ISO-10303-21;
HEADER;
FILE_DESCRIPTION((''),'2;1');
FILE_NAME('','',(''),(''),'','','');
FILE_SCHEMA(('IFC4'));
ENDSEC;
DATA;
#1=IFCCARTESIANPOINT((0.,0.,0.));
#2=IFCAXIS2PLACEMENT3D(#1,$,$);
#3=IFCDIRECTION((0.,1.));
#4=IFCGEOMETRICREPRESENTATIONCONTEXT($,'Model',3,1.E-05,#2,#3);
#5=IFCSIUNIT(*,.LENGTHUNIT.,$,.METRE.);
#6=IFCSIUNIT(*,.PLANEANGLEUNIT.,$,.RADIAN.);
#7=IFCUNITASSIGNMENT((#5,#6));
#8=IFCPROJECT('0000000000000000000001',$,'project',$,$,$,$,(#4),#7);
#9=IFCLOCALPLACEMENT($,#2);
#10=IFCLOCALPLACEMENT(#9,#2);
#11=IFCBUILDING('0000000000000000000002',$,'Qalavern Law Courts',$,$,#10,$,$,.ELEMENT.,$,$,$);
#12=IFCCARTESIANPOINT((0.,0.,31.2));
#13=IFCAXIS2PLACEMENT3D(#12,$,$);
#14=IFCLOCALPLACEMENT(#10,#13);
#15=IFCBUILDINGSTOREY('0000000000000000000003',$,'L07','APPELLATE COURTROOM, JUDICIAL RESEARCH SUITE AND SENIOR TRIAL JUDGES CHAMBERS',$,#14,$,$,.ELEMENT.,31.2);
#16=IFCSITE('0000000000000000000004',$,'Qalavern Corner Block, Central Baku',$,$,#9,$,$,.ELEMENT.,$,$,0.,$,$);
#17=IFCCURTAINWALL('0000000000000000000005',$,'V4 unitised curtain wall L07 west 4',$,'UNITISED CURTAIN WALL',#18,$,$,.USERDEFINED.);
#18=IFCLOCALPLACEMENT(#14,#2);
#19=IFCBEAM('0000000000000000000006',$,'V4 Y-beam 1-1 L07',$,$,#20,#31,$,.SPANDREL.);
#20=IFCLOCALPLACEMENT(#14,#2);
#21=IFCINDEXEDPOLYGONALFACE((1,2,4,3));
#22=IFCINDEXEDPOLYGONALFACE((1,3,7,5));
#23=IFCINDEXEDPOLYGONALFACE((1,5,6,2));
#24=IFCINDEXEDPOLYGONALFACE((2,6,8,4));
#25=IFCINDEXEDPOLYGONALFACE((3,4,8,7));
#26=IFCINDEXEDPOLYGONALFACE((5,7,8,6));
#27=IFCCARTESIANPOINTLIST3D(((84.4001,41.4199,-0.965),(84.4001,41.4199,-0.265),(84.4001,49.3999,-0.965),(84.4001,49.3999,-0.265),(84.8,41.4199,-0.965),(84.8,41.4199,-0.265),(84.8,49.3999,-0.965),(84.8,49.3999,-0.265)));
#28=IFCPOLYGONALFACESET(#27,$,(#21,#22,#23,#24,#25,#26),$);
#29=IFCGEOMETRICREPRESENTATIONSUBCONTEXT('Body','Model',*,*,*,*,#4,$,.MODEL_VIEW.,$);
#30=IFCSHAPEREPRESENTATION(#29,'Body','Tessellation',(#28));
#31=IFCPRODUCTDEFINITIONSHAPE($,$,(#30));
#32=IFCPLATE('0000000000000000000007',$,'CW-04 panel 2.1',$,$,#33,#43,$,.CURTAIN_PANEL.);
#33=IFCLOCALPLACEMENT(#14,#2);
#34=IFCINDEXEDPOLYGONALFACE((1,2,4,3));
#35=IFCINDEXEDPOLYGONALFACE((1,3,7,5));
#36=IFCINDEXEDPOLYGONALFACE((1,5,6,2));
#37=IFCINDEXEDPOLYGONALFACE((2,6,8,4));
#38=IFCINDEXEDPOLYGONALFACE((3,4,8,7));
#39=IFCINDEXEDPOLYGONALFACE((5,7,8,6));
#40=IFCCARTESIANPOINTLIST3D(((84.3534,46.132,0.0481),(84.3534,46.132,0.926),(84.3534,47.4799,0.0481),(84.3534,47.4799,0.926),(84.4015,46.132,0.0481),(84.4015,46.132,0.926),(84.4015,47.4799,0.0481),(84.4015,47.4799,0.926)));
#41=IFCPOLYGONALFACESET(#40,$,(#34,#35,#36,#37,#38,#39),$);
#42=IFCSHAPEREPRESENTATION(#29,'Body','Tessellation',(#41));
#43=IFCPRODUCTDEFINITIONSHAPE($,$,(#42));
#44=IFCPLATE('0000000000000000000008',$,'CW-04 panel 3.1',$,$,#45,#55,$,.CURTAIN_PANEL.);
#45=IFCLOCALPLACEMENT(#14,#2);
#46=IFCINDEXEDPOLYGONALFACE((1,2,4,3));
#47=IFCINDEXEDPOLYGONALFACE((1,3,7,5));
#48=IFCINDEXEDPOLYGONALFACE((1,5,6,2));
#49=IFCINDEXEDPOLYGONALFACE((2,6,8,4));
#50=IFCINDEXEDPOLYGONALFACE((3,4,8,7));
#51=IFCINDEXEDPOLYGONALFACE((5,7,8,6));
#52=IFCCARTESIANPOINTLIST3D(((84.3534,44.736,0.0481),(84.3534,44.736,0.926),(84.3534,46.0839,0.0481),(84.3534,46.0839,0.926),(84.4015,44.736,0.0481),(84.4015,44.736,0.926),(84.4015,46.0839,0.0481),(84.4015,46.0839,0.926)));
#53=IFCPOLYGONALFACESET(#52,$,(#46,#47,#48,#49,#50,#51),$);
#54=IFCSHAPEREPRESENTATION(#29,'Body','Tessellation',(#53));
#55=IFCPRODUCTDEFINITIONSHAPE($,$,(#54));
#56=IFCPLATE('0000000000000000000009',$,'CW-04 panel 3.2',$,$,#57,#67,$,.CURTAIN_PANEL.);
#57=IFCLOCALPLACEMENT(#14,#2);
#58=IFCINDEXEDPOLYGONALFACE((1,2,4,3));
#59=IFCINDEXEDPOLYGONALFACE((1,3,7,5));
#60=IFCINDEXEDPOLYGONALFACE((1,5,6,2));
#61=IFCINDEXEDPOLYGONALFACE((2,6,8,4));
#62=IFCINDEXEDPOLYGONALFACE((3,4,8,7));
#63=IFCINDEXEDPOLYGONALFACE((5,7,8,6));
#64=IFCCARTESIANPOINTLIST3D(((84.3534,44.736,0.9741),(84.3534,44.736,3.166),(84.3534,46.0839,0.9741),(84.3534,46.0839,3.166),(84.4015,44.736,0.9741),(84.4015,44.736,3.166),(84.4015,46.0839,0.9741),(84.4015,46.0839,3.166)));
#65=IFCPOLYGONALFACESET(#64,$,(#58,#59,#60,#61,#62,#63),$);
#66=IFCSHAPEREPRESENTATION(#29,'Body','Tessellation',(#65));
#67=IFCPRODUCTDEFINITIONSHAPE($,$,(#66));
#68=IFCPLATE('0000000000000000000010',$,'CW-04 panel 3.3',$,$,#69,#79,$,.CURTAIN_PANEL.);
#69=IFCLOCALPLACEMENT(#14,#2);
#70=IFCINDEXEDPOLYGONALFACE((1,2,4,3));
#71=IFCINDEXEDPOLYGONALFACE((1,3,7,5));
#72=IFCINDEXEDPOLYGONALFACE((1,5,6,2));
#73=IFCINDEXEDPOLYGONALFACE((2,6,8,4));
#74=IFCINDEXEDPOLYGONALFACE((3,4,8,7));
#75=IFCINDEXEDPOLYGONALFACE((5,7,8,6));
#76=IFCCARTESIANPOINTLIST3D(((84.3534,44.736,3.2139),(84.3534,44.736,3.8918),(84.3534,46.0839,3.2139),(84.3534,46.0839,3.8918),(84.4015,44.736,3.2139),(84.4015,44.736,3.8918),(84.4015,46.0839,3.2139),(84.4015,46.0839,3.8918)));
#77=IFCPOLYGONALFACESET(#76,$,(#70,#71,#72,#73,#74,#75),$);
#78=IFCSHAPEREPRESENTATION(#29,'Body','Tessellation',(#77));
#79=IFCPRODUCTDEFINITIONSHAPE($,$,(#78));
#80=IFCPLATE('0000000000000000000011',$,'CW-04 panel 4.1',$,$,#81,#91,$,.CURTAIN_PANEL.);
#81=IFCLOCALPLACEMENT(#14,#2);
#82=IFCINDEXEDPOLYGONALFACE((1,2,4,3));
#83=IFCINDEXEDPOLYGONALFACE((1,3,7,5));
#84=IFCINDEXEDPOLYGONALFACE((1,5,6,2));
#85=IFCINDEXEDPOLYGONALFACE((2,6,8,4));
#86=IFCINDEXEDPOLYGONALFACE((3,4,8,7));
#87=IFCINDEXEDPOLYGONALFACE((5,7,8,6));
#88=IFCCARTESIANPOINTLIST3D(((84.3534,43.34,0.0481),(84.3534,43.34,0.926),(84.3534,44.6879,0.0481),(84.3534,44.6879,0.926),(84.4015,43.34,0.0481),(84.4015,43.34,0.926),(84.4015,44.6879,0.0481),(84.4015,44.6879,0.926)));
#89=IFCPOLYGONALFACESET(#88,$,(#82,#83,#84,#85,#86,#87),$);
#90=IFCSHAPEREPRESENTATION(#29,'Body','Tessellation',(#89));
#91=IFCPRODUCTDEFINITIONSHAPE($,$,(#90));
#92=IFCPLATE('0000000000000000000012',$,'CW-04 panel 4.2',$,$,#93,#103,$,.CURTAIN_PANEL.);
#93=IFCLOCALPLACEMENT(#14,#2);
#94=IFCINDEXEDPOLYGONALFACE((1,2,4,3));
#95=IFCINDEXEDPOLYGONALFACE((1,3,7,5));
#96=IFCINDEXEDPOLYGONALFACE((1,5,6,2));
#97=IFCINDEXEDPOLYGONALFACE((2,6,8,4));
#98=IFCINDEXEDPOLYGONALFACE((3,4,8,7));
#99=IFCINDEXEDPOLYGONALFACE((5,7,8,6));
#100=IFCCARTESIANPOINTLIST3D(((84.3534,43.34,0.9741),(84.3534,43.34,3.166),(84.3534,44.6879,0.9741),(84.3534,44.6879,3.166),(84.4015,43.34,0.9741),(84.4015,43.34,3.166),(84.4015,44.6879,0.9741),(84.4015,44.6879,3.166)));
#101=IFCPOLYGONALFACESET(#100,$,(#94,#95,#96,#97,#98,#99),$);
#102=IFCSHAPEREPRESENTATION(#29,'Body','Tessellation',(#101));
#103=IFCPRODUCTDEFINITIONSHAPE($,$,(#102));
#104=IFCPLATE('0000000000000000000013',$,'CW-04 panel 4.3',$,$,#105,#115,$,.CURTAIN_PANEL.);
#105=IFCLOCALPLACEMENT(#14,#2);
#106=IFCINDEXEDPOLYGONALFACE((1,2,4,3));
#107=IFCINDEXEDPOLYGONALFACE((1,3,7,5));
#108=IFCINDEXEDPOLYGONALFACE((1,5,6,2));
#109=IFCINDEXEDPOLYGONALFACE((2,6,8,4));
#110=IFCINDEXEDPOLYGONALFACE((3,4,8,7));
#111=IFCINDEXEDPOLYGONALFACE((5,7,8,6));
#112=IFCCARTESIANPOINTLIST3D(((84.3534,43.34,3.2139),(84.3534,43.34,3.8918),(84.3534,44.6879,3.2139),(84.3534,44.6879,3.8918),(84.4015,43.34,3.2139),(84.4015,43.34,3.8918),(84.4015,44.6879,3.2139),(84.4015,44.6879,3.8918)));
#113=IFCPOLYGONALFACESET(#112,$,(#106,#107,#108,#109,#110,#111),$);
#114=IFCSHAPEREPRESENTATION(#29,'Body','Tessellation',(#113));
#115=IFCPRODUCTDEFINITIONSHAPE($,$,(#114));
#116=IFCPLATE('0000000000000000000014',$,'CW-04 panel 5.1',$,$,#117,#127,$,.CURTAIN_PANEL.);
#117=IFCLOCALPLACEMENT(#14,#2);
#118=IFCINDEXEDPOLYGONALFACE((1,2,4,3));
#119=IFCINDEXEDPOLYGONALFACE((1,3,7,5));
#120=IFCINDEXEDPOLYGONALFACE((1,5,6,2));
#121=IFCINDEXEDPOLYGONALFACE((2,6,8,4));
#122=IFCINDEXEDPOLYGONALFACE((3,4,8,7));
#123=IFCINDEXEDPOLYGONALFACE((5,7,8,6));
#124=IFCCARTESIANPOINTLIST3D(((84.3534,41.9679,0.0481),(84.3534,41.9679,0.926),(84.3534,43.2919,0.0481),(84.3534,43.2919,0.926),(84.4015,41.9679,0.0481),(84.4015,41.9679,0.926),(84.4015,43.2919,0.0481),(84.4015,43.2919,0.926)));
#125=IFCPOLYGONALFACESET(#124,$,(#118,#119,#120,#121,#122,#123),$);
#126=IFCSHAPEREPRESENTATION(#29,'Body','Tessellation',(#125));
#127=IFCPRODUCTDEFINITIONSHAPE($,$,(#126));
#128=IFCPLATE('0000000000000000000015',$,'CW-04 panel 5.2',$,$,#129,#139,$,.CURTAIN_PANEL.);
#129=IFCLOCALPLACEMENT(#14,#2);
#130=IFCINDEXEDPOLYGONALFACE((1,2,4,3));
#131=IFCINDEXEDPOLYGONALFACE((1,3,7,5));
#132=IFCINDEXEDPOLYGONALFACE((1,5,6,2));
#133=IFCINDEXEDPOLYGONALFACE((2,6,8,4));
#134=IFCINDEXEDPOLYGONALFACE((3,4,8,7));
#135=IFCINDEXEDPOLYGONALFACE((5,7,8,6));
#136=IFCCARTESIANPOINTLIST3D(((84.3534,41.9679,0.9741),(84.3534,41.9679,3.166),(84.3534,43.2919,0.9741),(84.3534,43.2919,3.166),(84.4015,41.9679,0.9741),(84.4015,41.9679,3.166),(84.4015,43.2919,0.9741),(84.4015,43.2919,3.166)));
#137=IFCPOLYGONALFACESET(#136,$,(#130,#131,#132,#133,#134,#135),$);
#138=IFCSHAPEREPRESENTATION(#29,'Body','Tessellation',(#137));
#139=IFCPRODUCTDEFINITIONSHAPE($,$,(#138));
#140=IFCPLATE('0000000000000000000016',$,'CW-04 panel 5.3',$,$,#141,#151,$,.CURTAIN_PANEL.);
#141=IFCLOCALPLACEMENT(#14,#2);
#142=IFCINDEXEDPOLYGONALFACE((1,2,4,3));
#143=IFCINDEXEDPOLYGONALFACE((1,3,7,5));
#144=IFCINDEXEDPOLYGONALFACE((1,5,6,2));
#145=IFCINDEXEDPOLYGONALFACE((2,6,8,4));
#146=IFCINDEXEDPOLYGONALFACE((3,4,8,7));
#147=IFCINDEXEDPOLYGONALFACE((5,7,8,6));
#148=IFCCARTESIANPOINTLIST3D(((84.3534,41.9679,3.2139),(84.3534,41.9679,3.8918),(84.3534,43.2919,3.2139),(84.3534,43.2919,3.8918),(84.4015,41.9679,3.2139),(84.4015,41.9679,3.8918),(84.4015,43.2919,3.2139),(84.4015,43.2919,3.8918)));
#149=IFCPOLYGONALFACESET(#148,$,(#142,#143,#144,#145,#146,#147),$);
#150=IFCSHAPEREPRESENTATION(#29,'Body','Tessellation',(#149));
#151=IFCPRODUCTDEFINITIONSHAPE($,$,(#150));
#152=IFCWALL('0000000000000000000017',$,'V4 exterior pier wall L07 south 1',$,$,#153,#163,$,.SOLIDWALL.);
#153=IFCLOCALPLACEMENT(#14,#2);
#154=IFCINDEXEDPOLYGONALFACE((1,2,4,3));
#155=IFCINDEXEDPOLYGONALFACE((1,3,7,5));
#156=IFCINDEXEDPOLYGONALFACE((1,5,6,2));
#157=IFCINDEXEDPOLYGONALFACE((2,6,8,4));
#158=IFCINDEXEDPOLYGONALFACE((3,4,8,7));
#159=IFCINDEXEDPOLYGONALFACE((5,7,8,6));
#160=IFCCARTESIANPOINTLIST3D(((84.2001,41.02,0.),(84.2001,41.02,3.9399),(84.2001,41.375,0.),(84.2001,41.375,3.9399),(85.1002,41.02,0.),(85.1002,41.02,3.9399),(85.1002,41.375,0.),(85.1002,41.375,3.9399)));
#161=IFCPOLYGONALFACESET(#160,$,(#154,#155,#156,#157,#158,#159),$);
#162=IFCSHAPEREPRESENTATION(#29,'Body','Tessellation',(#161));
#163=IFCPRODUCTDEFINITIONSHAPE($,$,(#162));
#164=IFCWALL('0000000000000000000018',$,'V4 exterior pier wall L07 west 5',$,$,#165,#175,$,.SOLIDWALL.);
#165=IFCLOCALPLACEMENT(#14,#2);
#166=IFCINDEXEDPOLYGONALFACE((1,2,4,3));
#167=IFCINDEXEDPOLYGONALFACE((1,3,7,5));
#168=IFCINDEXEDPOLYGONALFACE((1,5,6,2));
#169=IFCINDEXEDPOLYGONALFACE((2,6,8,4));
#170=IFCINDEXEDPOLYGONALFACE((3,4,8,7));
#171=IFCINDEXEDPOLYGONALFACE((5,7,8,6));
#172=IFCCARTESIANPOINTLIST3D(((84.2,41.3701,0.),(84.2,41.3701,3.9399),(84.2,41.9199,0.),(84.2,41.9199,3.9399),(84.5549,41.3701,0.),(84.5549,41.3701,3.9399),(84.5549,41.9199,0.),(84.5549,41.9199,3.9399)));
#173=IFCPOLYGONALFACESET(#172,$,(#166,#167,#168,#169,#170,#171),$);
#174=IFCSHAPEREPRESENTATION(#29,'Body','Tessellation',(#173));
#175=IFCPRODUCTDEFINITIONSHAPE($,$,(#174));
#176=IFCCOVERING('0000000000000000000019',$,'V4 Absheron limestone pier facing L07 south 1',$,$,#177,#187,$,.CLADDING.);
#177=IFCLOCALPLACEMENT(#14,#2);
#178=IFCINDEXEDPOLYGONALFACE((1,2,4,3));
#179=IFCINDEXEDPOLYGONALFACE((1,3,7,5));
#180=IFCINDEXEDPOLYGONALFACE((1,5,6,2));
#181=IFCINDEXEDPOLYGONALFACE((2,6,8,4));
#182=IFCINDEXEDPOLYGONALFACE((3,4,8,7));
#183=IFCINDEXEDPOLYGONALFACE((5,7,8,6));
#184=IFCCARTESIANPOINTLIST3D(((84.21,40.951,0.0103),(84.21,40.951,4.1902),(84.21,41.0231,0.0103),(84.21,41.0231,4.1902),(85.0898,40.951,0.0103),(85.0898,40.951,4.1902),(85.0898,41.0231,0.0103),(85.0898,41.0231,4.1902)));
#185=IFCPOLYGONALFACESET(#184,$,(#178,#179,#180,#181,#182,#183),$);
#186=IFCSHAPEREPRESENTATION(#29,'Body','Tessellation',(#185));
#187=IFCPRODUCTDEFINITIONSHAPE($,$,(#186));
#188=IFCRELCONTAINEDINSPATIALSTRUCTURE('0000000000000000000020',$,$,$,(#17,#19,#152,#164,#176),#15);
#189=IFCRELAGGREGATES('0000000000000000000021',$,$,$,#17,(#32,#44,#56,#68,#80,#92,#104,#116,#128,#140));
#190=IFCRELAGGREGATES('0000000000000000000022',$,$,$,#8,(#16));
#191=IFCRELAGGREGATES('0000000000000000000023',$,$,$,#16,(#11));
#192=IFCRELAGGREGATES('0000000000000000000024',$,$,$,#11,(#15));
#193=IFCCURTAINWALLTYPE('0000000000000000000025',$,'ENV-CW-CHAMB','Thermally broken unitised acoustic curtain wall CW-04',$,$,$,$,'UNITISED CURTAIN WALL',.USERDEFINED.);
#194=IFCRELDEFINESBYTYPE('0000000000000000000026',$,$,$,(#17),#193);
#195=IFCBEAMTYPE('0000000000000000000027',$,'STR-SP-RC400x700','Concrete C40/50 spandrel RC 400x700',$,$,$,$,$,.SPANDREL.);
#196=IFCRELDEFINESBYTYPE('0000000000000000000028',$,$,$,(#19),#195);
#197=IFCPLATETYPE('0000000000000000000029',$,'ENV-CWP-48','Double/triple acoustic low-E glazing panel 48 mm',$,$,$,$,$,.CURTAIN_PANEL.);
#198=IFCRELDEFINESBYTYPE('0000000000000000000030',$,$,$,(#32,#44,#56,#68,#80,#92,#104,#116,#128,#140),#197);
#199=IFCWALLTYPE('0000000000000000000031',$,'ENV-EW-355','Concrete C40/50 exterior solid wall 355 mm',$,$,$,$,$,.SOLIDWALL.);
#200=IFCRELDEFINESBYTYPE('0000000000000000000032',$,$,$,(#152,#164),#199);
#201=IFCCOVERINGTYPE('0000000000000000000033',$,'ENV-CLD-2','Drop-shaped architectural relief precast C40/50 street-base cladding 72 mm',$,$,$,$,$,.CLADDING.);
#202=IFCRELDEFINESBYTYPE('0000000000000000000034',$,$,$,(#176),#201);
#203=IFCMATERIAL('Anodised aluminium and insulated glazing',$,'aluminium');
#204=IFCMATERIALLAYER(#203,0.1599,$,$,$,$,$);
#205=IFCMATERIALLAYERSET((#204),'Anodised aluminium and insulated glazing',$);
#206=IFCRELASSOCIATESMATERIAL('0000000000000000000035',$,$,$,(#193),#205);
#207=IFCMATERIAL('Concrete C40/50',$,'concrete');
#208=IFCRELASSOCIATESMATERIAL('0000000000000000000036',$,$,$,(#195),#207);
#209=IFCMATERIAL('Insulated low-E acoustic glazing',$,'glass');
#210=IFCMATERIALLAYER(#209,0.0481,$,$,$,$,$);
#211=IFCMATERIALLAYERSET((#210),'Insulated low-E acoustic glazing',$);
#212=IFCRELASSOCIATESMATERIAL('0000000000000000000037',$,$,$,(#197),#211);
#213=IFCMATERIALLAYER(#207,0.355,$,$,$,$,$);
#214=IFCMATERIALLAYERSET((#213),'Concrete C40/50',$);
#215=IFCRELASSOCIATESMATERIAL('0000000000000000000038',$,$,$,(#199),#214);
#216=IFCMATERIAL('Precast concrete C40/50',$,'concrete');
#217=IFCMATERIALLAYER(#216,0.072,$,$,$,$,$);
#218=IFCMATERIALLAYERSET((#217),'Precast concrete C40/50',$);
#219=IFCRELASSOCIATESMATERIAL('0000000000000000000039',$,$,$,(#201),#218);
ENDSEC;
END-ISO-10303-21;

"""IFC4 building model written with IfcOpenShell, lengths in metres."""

from ifc_helpers import new_model, si_unit, direction, frame, frame_2d, origin, origin_2d, place, context, subcontext, project, spatial, rectangle, extrude, material, layer, layer_set, material_profile, profile_set, type_object, element, aggregate, save


model = new_model("IFC4")

# Units and contexts
model_context = context("Model", 3, precision=1e-05, world=origin(), true_north=direction((0.0, 1.0)))
body_context = subcontext(model_context, "Body", "Model", "MODEL_VIEW")
ifc_project = project(units=[si_unit("LENGTHUNIT", "METRE"), si_unit("PLANEANGLEUNIT", "RADIAN")], contexts=[model_context])

# Site, building, storey
site_placement = place(None, origin())
site = spatial("IfcSite", under=ifc_project, at=site_placement, Name="Qalavern Corner Block, Central Baku", CompositionType="ELEMENT", RefElevation=0.0)
building_placement = place(site_placement, origin())
building = spatial("IfcBuilding", under=site, at=building_placement, Name="Qalavern Law Courts", CompositionType="ELEMENT")
storey_placement = place(building_placement, frame((0.0, 0.0, 31.2)))
storey = spatial("IfcBuildingStorey", under=building, at=storey_placement, Name="L07", Description="APPELLATE COURTROOM, JUDICIAL RESEARCH SUITE AND SENIOR TRIAL JUDGES CHAMBERS", CompositionType="ELEMENT", Elevation=31.2)

# Shared definitions
ifc_material_1 = material(Name="Anodised aluminium and insulated glazing", Category="aluminium")
ifc_layer_1 = layer(ifc_material_1, 0.1599)
ifc_layer_set_1 = layer_set([ifc_layer_1], Name="Anodised aluminium and insulated glazing")
curtain_wall_type = type_object("IfcCurtainWallType", Name="ENV-CW-CHAMB", Description="Thermally broken unitised acoustic curtain wall CW-04", ElementType="UNITISED CURTAIN WALL", PredefinedType="USERDEFINED", material=ifc_layer_set_1)

# Curtain wall
curtain_wall_1_placement = place(storey_placement, origin())
curtain_wall_1 = element("IfcCurtainWall", 1, at=curtain_wall_1_placement, inside=storey, type_object=curtain_wall_type, Name="V4 unitised curtain wall L07 west 4", ObjectType="UNITISED CURTAIN WALL", PredefinedType="USERDEFINED")

# Beam
ifc_material_2 = material(Name="Concrete C40/50", Category="concrete")
ifc_material_profile_1 = material_profile(ifc_material_2, rectangle(XDim=0.3999, YDim=0.7, at=origin_2d()), Name="RC 400x700")
ifc_profile_set_1 = profile_set([ifc_material_profile_1], Name="Concrete C40/50")
beam_type = type_object("IfcBeamType", Name="STR-SP-RC400x700", Description="Concrete C40/50 spandrel RC 400x700", PredefinedType="SPANDREL", material=ifc_profile_set_1)
beam_1_placement = place(storey_placement, frame((84.6001, 41.4199, -0.615), z_axis=(0.0, 1.0, 0.0), x_axis=(-1.0, 0.0, 0.0)))
element("IfcBeam", 2, at=beam_1_placement, inside=storey, type_object=beam_type, Name="V4 Y-beam 1-1 L07", PredefinedType="SPANDREL", context=body_context, shape_type="SweptSolid", body=[
    extrude(rectangle(XDim=0.3999, YDim=0.7, at=origin_2d()), origin(), (0.0, 0.0, 1.0), 7.98),
])

# Plates
ifc_material_3 = material(Name="Insulated low-E acoustic glazing", Category="glass")
ifc_layer_2 = layer(ifc_material_3, 0.0481)
ifc_layer_set_2 = layer_set([ifc_layer_2], Name="Insulated low-E acoustic glazing")
plate_type = type_object("IfcPlateType", Name="ENV-CWP-48", Description="Double/triple acoustic low-E glazing panel 48 mm", PredefinedType="CURTAIN_PANEL", material=ifc_layer_set_2)
plate_1_placement = place(storey_placement, frame((84.3774, 46.8059, 0.0481), z_axis=(0.0, 0.0, 1.0), x_axis=(0.0, -1.0, 0.0)))
plate_1 = element("IfcPlate", 3, at=plate_1_placement, type_object=plate_type, Name="CW-04 panel 2.1", PredefinedType="CURTAIN_PANEL", context=body_context, shape_type="SweptSolid", body=[
    extrude(rectangle(XDim=1.3479, YDim=0.0481, at=origin_2d()), origin(), (0.0, 0.0, 1.0), 0.8779),
])
plate_2_placement = place(storey_placement, frame((84.3774, 45.4099, 0.0481), z_axis=(0.0, 0.0, 1.0), x_axis=(0.0, -1.0, 0.0)))
plate_2 = element("IfcPlate", 4, at=plate_2_placement, type_object=plate_type, Name="CW-04 panel 3.1", PredefinedType="CURTAIN_PANEL", context=body_context, shape_type="SweptSolid", body=[
    extrude(rectangle(XDim=1.3479, YDim=0.0481, at=origin_2d()), origin(), (0.0, 0.0, 1.0), 0.8779),
])
plate_3_placement = place(storey_placement, frame((84.3774, 45.4099, 0.9741), z_axis=(0.0, 0.0, 1.0), x_axis=(0.0, -1.0, 0.0)))
plate_3 = element("IfcPlate", 5, at=plate_3_placement, type_object=plate_type, Name="CW-04 panel 3.2", PredefinedType="CURTAIN_PANEL", context=body_context, shape_type="SweptSolid", body=[
    extrude(rectangle(XDim=1.3479, YDim=0.0481, at=origin_2d()), origin(), (0.0, 0.0, 1.0), 2.1919),
])
plate_4_placement = place(storey_placement, frame((84.3774, 45.4099, 3.2139), z_axis=(0.0, 0.0, 1.0), x_axis=(0.0, -1.0, 0.0)))
plate_4 = element("IfcPlate", 6, at=plate_4_placement, type_object=plate_type, Name="CW-04 panel 3.3", PredefinedType="CURTAIN_PANEL", context=body_context, shape_type="SweptSolid", body=[
    extrude(rectangle(XDim=1.3479, YDim=0.0481, at=origin_2d()), origin(), (0.0, 0.0, 1.0), 0.678),
])
plate_5_placement = place(storey_placement, frame((84.3774, 44.0139, 0.0481), z_axis=(0.0, 0.0, 1.0), x_axis=(0.0, -1.0, 0.0)))
plate_5 = element("IfcPlate", 7, at=plate_5_placement, type_object=plate_type, Name="CW-04 panel 4.1", PredefinedType="CURTAIN_PANEL", context=body_context, shape_type="SweptSolid", body=[
    extrude(rectangle(XDim=1.3479, YDim=0.0481, at=origin_2d()), origin(), (0.0, 0.0, 1.0), 0.8779),
])
plate_6_placement = place(storey_placement, frame((84.3774, 44.0139, 0.9741), z_axis=(0.0, 0.0, 1.0), x_axis=(0.0, -1.0, 0.0)))
plate_6 = element("IfcPlate", 8, at=plate_6_placement, type_object=plate_type, Name="CW-04 panel 4.2", PredefinedType="CURTAIN_PANEL", context=body_context, shape_type="SweptSolid", body=[
    extrude(rectangle(XDim=1.3479, YDim=0.0481, at=origin_2d()), origin(), (0.0, 0.0, 1.0), 2.1919),
])
plate_7_placement = place(storey_placement, frame((84.3774, 44.0139, 3.2139), z_axis=(0.0, 0.0, 1.0), x_axis=(0.0, -1.0, 0.0)))
plate_7 = element("IfcPlate", 9, at=plate_7_placement, type_object=plate_type, Name="CW-04 panel 4.3", PredefinedType="CURTAIN_PANEL", context=body_context, shape_type="SweptSolid", body=[
    extrude(rectangle(XDim=1.3479, YDim=0.0481, at=origin_2d()), origin(), (0.0, 0.0, 1.0), 0.678),
])
plate_8_placement = place(storey_placement, frame((84.3774, 42.6299, 0.0481), z_axis=(0.0, 0.0, 1.0), x_axis=(0.0, -1.0, 0.0)))
plate_8 = element("IfcPlate", 10, at=plate_8_placement, type_object=plate_type, Name="CW-04 panel 5.1", PredefinedType="CURTAIN_PANEL", context=body_context, shape_type="SweptSolid", body=[
    extrude(rectangle(XDim=1.324, YDim=0.0481, at=origin_2d()), origin(), (0.0, 0.0, 1.0), 0.8779),
])
plate_9_placement = place(storey_placement, frame((84.3774, 42.6299, 0.9741), z_axis=(0.0, 0.0, 1.0), x_axis=(0.0, -1.0, 0.0)))
plate_9 = element("IfcPlate", 11, at=plate_9_placement, type_object=plate_type, Name="CW-04 panel 5.2", PredefinedType="CURTAIN_PANEL", context=body_context, shape_type="SweptSolid", body=[
    extrude(rectangle(XDim=1.324, YDim=0.0481, at=origin_2d()), origin(), (0.0, 0.0, 1.0), 2.1919),
])
plate_10_placement = place(storey_placement, frame((84.3774, 42.6299, 3.2139), z_axis=(0.0, 0.0, 1.0), x_axis=(0.0, -1.0, 0.0)))
plate_10 = element("IfcPlate", 12, at=plate_10_placement, type_object=plate_type, Name="CW-04 panel 5.3", PredefinedType="CURTAIN_PANEL", context=body_context, shape_type="SweptSolid", body=[
    extrude(rectangle(XDim=1.324, YDim=0.0481, at=origin_2d()), origin(), (0.0, 0.0, 1.0), 0.678),
])
aggregate(curtain_wall_1, [plate_1, plate_2, plate_3, plate_4, plate_5, plate_6, plate_7, plate_8, plate_9, plate_10])

# Walls
ifc_layer_3 = layer(ifc_material_2, 0.355)
ifc_layer_set_3 = layer_set([ifc_layer_3], Name="Concrete C40/50")
wall_type = type_object("IfcWallType", Name="ENV-EW-355", Description="Concrete C40/50 exterior solid wall 355 mm", PredefinedType="SOLIDWALL", material=ifc_layer_set_3)
wall_1_placement = place(storey_placement, frame((84.2, 41.1975, 0.0), z_axis=(0.0, 0.0, 1.0), x_axis=(1.0, 0.0, 0.0)))
element("IfcWall", 13, at=wall_1_placement, inside=storey, type_object=wall_type, Name="V4 exterior pier wall L07 south 1", PredefinedType="SOLIDWALL", context=body_context, shape_type="SweptSolid", body=[
    extrude(rectangle(XDim=0.9001, YDim=0.355, at=frame_2d((0.4502, 0.0))), origin(), (0.0, 0.0, 1.0), 3.9399),
])
wall_2_placement = place(storey_placement, frame((84.3774, 41.9199, 0.0), z_axis=(0.0, 0.0, 1.0), x_axis=(0.0, -1.0, 0.0)))
element("IfcWall", 14, at=wall_2_placement, inside=storey, type_object=wall_type, Name="V4 exterior pier wall L07 west 5", PredefinedType="SOLIDWALL", context=body_context, shape_type="SweptSolid", body=[
    extrude(rectangle(XDim=0.5498, YDim=0.355, at=frame_2d((0.2749, 0.0))), origin(), (0.0, 0.0, 1.0), 3.9399),
])

# Covering
ifc_material_4 = material(Name="Precast concrete C40/50", Category="concrete")
ifc_layer_4 = layer(ifc_material_4, 0.072)
ifc_layer_set_4 = layer_set([ifc_layer_4], Name="Precast concrete C40/50")
covering_type = type_object("IfcCoveringType", Name="ENV-CLD-2", Description="Drop-shaped architectural relief precast C40/50 street-base cladding 72 mm", PredefinedType="CLADDING", material=ifc_layer_set_4)
covering_1_placement = place(storey_placement, frame((84.6499, 40.9871, 0.0103), z_axis=(0.0, 0.0, 1.0), x_axis=(1.0, 0.0, 0.0)))
element("IfcCovering", 15, at=covering_1_placement, inside=storey, type_object=covering_type, Name="V4 Absheron limestone pier facing L07 south 1", PredefinedType="CLADDING", context=body_context, shape_type="SweptSolid", body=[
    extrude(rectangle(XDim=0.8799, YDim=0.072, at=origin_2d()), origin(), (0.0, 0.0, 1.0), 4.1799),
])

save(model, "model.ifc")
